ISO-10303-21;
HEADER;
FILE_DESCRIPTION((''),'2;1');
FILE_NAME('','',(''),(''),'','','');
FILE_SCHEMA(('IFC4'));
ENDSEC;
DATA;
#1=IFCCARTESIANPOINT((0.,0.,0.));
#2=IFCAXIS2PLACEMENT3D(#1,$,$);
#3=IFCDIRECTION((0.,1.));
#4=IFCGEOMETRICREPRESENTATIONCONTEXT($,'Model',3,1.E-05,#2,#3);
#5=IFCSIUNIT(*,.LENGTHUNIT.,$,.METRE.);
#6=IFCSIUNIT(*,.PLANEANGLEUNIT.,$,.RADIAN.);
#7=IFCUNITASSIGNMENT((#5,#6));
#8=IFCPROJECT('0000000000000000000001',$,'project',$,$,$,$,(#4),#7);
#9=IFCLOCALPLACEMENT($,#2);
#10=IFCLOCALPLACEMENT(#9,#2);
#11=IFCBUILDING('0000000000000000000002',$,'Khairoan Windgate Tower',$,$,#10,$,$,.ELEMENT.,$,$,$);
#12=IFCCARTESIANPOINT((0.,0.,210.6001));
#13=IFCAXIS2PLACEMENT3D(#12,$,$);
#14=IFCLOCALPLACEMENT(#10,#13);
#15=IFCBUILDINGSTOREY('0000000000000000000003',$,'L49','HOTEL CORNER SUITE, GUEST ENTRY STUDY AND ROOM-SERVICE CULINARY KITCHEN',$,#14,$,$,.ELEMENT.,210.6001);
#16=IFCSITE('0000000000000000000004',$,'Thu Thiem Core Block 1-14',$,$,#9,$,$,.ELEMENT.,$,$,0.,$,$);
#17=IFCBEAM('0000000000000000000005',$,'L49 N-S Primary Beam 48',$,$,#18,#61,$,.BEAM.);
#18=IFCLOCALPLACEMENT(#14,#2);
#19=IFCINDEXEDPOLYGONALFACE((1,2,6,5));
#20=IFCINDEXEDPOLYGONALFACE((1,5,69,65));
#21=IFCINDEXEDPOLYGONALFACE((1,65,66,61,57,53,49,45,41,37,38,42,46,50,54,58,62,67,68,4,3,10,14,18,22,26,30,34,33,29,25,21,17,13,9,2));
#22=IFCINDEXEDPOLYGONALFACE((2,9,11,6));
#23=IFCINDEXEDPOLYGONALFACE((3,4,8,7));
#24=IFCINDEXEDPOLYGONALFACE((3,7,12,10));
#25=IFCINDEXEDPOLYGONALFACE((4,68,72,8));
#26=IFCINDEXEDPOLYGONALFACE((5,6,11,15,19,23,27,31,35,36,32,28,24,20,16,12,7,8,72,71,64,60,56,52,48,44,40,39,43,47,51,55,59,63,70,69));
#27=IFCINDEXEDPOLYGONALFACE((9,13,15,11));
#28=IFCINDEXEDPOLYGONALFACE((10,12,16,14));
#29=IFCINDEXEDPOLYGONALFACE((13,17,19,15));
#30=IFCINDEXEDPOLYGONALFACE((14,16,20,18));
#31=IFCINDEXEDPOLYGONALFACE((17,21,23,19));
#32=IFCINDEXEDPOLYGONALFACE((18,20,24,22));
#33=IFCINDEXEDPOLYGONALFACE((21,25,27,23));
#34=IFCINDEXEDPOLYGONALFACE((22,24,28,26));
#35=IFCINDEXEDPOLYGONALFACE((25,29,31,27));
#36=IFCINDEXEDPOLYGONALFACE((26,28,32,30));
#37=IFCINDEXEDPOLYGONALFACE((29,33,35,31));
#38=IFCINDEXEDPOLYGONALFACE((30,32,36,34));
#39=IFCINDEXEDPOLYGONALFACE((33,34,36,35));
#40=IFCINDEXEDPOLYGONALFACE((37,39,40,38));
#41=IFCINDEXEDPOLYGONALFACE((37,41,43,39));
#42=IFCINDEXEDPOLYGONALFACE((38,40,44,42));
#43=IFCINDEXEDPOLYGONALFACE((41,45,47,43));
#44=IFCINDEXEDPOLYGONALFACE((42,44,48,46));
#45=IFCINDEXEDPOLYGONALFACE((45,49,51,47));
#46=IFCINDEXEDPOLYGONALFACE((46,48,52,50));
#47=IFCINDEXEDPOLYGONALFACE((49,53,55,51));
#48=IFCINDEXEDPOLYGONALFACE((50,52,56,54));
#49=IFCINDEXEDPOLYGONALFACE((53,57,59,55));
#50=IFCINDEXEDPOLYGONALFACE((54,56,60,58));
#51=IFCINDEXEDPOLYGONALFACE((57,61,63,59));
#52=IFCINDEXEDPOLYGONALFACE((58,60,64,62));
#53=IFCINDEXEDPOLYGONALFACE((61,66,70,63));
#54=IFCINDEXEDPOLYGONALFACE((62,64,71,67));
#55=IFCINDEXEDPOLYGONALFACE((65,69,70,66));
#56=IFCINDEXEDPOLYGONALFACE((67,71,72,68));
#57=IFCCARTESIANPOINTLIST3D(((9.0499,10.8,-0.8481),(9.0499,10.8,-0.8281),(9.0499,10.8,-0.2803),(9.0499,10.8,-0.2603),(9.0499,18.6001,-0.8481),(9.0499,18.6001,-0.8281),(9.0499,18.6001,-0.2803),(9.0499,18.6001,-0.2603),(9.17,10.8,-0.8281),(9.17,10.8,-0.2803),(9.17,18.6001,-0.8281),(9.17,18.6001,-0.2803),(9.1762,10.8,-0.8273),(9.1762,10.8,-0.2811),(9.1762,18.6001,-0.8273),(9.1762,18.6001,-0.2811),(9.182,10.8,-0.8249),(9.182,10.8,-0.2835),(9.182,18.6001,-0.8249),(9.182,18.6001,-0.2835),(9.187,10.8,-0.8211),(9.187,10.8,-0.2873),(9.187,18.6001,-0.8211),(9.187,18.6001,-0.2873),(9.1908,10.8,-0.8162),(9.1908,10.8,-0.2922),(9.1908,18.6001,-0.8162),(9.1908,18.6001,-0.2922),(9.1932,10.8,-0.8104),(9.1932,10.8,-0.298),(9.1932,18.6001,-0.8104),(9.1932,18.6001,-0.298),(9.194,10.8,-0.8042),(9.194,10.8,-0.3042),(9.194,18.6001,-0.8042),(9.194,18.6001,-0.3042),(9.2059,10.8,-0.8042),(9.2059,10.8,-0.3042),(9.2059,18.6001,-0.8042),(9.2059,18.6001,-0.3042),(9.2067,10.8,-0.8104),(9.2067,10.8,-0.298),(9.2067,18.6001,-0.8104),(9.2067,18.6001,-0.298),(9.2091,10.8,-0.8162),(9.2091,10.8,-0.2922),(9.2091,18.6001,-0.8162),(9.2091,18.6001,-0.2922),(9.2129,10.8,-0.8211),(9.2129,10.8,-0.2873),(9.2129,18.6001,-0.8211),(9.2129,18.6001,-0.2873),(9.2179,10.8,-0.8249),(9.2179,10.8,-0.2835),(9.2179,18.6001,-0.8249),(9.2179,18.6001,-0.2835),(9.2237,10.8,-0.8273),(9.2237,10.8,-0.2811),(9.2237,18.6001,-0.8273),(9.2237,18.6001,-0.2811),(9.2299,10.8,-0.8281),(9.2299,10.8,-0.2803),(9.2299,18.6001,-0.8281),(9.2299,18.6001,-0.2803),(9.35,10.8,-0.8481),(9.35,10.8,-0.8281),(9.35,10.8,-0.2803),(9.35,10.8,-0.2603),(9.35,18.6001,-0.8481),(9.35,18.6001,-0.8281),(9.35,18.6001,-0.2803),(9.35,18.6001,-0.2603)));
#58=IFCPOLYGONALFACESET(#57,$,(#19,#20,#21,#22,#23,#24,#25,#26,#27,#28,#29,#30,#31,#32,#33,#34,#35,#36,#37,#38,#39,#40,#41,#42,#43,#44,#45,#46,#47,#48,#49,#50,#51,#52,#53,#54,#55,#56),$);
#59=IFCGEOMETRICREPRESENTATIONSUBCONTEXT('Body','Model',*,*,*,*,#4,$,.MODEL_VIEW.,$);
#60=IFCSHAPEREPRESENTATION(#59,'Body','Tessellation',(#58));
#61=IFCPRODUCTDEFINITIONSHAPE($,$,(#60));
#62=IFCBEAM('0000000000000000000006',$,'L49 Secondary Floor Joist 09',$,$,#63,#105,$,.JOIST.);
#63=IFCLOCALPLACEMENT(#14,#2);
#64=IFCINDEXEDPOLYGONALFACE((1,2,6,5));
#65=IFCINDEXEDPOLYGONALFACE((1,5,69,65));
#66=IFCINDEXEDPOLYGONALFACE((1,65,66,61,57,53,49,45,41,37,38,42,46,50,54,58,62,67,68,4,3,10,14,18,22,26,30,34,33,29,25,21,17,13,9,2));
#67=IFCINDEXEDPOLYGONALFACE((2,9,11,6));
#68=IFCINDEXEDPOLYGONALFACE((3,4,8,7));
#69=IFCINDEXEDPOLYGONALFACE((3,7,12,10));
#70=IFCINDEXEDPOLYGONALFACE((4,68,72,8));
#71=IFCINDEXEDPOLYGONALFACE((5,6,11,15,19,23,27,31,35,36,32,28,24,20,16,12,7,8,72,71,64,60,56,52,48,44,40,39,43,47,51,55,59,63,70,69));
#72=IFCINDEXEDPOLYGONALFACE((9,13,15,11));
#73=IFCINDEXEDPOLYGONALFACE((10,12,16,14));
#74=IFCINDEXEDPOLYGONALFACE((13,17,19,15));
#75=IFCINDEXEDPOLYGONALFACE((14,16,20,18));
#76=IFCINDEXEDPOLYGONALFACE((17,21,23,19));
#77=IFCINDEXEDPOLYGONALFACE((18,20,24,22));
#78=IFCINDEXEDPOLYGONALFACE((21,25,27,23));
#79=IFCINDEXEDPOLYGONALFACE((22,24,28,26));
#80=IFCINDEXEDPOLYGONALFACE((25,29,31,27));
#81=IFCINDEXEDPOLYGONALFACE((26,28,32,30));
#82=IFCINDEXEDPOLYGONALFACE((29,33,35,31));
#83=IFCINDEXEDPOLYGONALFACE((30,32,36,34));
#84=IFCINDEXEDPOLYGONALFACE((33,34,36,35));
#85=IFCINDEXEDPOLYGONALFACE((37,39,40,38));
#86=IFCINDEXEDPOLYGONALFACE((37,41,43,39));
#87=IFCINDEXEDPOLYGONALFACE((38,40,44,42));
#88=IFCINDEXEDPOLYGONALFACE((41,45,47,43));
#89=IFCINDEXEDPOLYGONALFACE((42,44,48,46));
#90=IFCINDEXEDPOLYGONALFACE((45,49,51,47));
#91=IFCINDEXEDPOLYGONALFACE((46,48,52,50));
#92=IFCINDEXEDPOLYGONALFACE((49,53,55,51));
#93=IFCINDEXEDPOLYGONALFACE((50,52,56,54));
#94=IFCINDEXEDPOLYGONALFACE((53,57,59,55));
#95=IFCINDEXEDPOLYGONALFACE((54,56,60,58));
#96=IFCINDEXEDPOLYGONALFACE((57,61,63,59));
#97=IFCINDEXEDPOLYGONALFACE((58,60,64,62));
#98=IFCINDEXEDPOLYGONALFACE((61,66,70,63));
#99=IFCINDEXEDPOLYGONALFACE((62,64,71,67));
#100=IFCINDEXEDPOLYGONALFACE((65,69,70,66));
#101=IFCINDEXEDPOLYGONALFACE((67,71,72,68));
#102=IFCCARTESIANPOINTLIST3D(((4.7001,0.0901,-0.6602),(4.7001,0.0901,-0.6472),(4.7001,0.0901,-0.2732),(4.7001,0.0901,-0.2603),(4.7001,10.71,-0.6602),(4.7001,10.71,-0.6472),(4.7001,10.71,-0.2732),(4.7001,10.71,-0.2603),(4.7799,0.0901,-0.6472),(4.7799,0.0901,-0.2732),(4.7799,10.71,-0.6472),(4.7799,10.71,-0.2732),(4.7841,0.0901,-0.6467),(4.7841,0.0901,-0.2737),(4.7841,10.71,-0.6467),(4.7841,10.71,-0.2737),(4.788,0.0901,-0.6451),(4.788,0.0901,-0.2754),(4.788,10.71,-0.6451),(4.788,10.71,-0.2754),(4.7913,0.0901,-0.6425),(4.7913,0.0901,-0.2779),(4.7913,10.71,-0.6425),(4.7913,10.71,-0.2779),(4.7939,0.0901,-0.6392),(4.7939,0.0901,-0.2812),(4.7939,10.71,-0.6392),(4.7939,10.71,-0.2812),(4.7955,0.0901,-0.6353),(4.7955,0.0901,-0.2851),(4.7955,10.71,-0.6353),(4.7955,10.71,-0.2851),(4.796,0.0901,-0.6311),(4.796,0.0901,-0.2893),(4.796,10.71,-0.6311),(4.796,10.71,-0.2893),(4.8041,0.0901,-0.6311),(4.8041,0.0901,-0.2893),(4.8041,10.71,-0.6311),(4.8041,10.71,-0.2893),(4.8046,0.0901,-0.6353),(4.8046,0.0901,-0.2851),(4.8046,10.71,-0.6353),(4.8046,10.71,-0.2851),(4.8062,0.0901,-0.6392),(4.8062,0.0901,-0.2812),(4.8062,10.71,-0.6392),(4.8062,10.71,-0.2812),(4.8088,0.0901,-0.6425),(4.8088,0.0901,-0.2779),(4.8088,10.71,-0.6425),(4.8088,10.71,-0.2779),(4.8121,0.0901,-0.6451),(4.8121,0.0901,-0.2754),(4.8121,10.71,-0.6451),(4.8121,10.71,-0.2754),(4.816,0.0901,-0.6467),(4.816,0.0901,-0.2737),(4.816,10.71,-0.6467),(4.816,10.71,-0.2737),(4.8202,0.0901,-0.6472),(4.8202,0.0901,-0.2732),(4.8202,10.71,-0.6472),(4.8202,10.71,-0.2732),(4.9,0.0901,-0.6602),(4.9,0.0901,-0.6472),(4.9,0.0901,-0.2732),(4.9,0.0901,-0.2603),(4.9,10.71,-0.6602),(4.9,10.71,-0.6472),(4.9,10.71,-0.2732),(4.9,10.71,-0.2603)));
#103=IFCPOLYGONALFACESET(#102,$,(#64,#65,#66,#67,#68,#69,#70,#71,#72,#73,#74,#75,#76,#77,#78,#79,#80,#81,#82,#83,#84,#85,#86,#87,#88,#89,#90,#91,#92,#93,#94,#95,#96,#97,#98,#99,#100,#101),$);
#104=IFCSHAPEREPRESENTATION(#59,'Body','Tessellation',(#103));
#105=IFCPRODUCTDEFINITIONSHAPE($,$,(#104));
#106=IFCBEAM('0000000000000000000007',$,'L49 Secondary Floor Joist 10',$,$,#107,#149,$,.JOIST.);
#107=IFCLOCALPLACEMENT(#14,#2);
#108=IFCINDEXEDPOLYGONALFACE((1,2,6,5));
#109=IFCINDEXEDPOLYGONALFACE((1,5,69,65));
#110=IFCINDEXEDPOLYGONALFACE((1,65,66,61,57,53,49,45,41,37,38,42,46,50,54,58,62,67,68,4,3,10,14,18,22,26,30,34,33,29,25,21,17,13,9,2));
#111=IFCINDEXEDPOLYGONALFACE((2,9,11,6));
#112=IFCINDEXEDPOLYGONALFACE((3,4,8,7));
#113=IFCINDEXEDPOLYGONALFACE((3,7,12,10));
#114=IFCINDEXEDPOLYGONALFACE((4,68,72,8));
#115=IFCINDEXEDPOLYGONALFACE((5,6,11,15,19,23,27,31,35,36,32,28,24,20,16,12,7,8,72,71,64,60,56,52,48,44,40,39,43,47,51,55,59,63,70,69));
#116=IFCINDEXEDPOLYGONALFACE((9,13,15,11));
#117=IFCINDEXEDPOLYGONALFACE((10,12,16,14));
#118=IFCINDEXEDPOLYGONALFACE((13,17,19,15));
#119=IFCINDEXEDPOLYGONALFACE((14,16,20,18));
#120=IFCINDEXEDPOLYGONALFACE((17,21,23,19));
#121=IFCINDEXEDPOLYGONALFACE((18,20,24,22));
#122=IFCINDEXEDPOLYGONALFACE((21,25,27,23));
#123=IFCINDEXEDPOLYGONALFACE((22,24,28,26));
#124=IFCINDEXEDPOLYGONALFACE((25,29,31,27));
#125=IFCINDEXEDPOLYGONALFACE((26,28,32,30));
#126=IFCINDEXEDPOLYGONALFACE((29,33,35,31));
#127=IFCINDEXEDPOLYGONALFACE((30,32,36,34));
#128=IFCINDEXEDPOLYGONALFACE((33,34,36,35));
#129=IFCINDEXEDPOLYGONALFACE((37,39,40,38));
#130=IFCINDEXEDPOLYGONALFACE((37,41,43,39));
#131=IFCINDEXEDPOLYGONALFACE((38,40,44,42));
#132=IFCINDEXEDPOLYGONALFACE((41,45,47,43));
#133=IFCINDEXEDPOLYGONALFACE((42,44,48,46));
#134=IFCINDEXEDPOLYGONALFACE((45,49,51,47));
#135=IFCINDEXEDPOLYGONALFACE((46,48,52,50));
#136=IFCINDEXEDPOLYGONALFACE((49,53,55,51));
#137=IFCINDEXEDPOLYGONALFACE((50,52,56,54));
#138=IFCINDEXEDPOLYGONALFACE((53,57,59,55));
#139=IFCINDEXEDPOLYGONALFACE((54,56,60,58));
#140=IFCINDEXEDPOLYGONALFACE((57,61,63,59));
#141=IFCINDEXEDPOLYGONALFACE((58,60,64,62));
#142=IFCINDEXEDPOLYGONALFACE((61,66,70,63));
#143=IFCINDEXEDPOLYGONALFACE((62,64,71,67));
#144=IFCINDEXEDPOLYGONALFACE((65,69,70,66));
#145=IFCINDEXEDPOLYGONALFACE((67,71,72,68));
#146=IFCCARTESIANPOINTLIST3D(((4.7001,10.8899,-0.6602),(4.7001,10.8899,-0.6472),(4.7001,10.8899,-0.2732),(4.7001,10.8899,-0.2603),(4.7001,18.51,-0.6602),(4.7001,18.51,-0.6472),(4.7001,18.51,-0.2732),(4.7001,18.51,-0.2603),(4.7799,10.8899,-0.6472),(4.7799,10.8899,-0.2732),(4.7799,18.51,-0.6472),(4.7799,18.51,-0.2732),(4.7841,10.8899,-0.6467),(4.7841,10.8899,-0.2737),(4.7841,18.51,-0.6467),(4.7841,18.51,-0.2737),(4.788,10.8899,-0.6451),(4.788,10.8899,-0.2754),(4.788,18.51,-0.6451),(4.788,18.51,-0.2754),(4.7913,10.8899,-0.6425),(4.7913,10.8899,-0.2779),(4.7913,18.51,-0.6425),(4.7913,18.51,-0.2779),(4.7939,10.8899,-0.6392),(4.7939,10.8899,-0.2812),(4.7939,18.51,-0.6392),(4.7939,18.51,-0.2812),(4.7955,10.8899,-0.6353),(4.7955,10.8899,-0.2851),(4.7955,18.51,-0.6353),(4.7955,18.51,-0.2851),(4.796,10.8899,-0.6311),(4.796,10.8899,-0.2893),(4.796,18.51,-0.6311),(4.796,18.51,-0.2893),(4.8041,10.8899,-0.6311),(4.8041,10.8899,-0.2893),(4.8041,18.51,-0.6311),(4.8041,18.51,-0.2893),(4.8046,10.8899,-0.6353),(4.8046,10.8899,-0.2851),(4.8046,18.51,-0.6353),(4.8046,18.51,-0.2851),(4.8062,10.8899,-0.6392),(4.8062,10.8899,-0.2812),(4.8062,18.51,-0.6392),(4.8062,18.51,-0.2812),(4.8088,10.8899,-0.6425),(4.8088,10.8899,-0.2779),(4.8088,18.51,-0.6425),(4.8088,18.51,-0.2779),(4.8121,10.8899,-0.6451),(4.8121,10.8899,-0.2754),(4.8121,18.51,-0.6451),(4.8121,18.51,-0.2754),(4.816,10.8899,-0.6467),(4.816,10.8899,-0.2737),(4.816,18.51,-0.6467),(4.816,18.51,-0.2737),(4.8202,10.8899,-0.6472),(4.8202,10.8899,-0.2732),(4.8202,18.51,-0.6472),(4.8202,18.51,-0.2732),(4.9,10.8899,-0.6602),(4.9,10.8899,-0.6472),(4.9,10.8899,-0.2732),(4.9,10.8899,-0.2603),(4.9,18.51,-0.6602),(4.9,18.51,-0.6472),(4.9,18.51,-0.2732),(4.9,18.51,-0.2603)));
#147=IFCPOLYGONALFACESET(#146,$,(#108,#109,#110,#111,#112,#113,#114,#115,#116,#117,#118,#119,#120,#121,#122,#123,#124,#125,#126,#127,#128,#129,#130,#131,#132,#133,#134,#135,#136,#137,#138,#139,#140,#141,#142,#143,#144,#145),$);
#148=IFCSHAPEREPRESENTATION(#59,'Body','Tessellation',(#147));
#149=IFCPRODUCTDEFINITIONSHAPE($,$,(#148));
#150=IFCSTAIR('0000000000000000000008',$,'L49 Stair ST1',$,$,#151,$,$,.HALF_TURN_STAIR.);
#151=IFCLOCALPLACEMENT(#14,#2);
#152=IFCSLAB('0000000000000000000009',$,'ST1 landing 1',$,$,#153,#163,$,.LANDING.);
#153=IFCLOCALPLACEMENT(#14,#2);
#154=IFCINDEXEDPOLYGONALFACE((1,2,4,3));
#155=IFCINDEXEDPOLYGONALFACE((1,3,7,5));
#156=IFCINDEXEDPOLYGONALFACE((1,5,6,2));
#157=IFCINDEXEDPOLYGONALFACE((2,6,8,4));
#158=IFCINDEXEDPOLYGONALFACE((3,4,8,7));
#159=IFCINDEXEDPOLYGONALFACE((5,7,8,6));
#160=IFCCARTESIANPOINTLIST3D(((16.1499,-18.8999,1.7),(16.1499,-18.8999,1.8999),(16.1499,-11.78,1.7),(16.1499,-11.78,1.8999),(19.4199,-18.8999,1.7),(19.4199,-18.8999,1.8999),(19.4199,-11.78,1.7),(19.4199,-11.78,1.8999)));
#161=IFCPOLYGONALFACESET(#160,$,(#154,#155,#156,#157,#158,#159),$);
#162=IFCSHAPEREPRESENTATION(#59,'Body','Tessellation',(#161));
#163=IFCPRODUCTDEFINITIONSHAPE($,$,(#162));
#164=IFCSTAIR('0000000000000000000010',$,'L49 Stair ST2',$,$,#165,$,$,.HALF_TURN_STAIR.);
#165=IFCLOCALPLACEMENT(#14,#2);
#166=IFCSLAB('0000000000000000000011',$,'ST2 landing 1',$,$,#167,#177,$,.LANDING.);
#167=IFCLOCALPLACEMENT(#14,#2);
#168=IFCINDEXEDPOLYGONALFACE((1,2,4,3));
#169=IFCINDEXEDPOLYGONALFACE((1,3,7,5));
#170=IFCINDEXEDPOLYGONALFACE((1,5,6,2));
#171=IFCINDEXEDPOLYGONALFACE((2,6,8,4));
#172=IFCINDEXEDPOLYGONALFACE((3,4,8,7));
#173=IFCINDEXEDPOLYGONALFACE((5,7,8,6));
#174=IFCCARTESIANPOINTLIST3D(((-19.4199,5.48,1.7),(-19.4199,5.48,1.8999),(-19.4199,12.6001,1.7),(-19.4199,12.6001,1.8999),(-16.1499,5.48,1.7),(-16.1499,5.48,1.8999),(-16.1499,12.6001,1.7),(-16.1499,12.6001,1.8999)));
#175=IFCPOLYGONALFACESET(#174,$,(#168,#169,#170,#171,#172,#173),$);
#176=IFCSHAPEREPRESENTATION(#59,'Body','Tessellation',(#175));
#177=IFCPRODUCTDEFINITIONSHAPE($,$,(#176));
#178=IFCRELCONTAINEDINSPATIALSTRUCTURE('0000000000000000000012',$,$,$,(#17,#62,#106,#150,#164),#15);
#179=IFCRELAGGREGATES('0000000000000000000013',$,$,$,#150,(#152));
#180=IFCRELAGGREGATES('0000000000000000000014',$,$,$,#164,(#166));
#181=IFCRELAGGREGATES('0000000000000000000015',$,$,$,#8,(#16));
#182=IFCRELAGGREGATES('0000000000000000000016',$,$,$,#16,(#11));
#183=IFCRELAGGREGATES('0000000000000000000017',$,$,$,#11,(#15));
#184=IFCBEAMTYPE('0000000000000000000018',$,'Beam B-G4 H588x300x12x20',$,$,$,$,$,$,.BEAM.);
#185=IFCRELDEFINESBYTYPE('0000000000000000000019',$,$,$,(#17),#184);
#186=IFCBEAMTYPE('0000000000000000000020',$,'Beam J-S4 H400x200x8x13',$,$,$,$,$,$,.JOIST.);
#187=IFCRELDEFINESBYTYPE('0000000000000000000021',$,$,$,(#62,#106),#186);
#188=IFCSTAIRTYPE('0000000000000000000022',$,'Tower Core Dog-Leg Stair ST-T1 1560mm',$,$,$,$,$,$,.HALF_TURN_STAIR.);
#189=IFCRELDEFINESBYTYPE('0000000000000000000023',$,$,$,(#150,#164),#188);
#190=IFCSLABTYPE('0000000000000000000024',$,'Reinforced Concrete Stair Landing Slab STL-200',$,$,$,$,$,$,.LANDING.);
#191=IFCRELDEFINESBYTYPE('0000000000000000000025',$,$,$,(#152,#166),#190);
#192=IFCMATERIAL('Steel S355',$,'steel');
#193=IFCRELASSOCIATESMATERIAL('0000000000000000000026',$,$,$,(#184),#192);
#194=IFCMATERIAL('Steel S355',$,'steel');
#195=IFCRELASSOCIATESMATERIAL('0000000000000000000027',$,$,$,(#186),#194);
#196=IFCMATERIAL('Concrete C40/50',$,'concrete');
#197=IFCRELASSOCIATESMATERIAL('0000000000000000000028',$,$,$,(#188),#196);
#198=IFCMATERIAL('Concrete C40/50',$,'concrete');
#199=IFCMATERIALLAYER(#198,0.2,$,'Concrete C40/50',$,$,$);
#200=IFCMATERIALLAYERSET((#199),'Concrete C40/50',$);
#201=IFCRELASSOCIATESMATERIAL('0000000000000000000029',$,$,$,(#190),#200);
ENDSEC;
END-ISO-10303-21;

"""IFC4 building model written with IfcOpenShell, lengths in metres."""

from ifc_helpers import new_model, si_unit, direction, frame, origin, origin_2d, place, context, subcontext, project, spatial, polyline, i_section, outline, extrude, material, layer, layer_set, material_profile, profile_set, type_object, element, aggregate, save


model = new_model("IFC4")

# Units and contexts
model_context = context("Model", 3, precision=1e-05, world=origin(), true_north=direction((0.0, 1.0)))
body_context = subcontext(model_context, "Body", "Model", "MODEL_VIEW")
ifc_project = project(units=[si_unit("LENGTHUNIT", "METRE"), si_unit("PLANEANGLEUNIT", "RADIAN")], contexts=[model_context])

# Site, building, storey
site_placement = place(None, origin())
site = spatial("IfcSite", under=ifc_project, at=site_placement, Name="Thu Thiem Core Block 1-14", CompositionType="ELEMENT", RefElevation=0.0)
building_placement = place(site_placement, origin())
building = spatial("IfcBuilding", under=site, at=building_placement, Name="Khairoan Windgate Tower", CompositionType="ELEMENT")
storey_placement = place(building_placement, frame((0.0, 0.0, 210.6001)))
storey = spatial("IfcBuildingStorey", under=building, at=storey_placement, Name="L49", Description="HOTEL CORNER SUITE, GUEST ENTRY STUDY AND ROOM-SERVICE CULINARY KITCHEN", CompositionType="ELEMENT", Elevation=210.6001)

# Beams
ifc_material_1 = material(Name="Steel S355", Category="steel")
ifc_material_profile_1 = material_profile(ifc_material_1, i_section(OverallWidth=0.3, OverallDepth=0.5879, WebThickness=0.012, FlangeThickness=0.02, FilletRadius=0.0239, at=origin_2d()))
ifc_profile_set_1 = profile_set([ifc_material_profile_1], Name="Steel S355")
beam_type_1 = type_object("IfcBeamType", Name="Beam B-G4 H588x300x12x20", PredefinedType="BEAM", material=ifc_profile_set_1)
beam_1_placement = place(storey_placement, frame((9.2, 10.8, -0.5542), z_axis=(0.0, 1.0, 0.0), x_axis=(-1.0, 0.0, 0.0)))
element("IfcBeam", 1, at=beam_1_placement, inside=storey, type_object=beam_type_1, Name="L49 N-S Primary Beam 48", PredefinedType="BEAM", context=body_context, shape_type="SweptSolid", body=[
    extrude(i_section(OverallWidth=0.3, OverallDepth=0.5879, WebThickness=0.012, FlangeThickness=0.02, FilletRadius=0.0239, at=origin_2d()), origin(), (0.0, 0.0, 1.0), 7.8),
])
ifc_material_2 = material(Name="Steel S355", Category="steel")
ifc_material_profile_2 = material_profile(ifc_material_2, i_section(OverallWidth=0.2, OverallDepth=0.3999, WebThickness=0.0081, FlangeThickness=0.0129, FilletRadius=0.0161, at=origin_2d()))
ifc_profile_set_2 = profile_set([ifc_material_profile_2], Name="Steel S355")
beam_type_2 = type_object("IfcBeamType", Name="Beam J-S4 H400x200x8x13", PredefinedType="JOIST", material=ifc_profile_set_2)
beam_2_placement = place(storey_placement, frame((4.8, 0.0901, -0.4602), z_axis=(0.0, 1.0, 0.0), x_axis=(-1.0, 0.0, 0.0)))
element("IfcBeam", 2, at=beam_2_placement, inside=storey, type_object=beam_type_2, Name="L49 Secondary Floor Joist 09", PredefinedType="JOIST", context=body_context, shape_type="SweptSolid", body=[
    extrude(i_section(OverallWidth=0.2, OverallDepth=0.3999, WebThickness=0.0081, FlangeThickness=0.0129, FilletRadius=0.0161, at=origin_2d()), origin(), (0.0, 0.0, 1.0), 10.6199),
])
beam_3_placement = place(storey_placement, frame((4.8, 10.8899, -0.4602), z_axis=(0.0, 1.0, 0.0), x_axis=(-1.0, 0.0, 0.0)))
element("IfcBeam", 3, at=beam_3_placement, inside=storey, type_object=beam_type_2, Name="L49 Secondary Floor Joist 10", PredefinedType="JOIST", context=body_context, shape_type="SweptSolid", body=[
    extrude(i_section(OverallWidth=0.2, OverallDepth=0.3999, WebThickness=0.0081, FlangeThickness=0.0129, FilletRadius=0.0161, at=origin_2d()), origin(), (0.0, 0.0, 1.0), 7.6201),
])

# Stairs, slabs
ifc_material_3 = material(Name="Concrete C40/50", Category="concrete")
stair_type = type_object("IfcStairType", Name="Tower Core Dog-Leg Stair ST-T1 1560mm", PredefinedType="HALF_TURN_STAIR", material=ifc_material_3)
stair_1_placement = place(storey_placement, origin())
stair_1 = element("IfcStair", 4, at=stair_1_placement, inside=storey, type_object=stair_type, Name="L49 Stair ST1", PredefinedType="HALF_TURN_STAIR")
ifc_material_4 = material(Name="Concrete C40/50", Category="concrete")
ifc_layer_1 = layer(ifc_material_4, 0.2, Name="Concrete C40/50")
ifc_layer_set_1 = layer_set([ifc_layer_1], Name="Concrete C40/50")
slab_type_1 = type_object("IfcSlabType", Name="Reinforced Concrete Stair Landing Slab STL-200", PredefinedType="LANDING", material=ifc_layer_set_1)
slab_1_placement = place(storey_placement, frame((0.0, 0.0, 1.7)))
slab_1 = element("IfcSlab", 5, at=slab_1_placement, type_object=slab_type_1, Name="ST1 landing 1", PredefinedType="LANDING", context=body_context, shape_type="SweptSolid", body=[
    extrude(outline(polyline([(16.1499, -11.78), (16.1499, -18.8999), (19.4199, -18.8999), (19.4199, -11.78), (16.1499, -11.78)])), origin(), (0.0, 0.0, 1.0), 0.2),
])
aggregate(stair_1, [slab_1])
stair_2_placement = place(storey_placement, origin())
stair_2 = element("IfcStair", 6, at=stair_2_placement, inside=storey, type_object=stair_type, Name="L49 Stair ST2", PredefinedType="HALF_TURN_STAIR")
slab_2_placement = place(storey_placement, frame((0.0, 0.0, 1.7)))
slab_2 = element("IfcSlab", 7, at=slab_2_placement, type_object=slab_type_1, Name="ST2 landing 1", PredefinedType="LANDING", context=body_context, shape_type="SweptSolid", body=[
    extrude(outline(polyline([(-16.1499, 5.48), (-16.1499, 12.6001), (-19.4199, 12.6001), (-19.4199, 5.48), (-16.1499, 5.48)])), origin(), (0.0, 0.0, 1.0), 0.2),
])
aggregate(stair_2, [slab_2])

save(model, "model.ifc")
